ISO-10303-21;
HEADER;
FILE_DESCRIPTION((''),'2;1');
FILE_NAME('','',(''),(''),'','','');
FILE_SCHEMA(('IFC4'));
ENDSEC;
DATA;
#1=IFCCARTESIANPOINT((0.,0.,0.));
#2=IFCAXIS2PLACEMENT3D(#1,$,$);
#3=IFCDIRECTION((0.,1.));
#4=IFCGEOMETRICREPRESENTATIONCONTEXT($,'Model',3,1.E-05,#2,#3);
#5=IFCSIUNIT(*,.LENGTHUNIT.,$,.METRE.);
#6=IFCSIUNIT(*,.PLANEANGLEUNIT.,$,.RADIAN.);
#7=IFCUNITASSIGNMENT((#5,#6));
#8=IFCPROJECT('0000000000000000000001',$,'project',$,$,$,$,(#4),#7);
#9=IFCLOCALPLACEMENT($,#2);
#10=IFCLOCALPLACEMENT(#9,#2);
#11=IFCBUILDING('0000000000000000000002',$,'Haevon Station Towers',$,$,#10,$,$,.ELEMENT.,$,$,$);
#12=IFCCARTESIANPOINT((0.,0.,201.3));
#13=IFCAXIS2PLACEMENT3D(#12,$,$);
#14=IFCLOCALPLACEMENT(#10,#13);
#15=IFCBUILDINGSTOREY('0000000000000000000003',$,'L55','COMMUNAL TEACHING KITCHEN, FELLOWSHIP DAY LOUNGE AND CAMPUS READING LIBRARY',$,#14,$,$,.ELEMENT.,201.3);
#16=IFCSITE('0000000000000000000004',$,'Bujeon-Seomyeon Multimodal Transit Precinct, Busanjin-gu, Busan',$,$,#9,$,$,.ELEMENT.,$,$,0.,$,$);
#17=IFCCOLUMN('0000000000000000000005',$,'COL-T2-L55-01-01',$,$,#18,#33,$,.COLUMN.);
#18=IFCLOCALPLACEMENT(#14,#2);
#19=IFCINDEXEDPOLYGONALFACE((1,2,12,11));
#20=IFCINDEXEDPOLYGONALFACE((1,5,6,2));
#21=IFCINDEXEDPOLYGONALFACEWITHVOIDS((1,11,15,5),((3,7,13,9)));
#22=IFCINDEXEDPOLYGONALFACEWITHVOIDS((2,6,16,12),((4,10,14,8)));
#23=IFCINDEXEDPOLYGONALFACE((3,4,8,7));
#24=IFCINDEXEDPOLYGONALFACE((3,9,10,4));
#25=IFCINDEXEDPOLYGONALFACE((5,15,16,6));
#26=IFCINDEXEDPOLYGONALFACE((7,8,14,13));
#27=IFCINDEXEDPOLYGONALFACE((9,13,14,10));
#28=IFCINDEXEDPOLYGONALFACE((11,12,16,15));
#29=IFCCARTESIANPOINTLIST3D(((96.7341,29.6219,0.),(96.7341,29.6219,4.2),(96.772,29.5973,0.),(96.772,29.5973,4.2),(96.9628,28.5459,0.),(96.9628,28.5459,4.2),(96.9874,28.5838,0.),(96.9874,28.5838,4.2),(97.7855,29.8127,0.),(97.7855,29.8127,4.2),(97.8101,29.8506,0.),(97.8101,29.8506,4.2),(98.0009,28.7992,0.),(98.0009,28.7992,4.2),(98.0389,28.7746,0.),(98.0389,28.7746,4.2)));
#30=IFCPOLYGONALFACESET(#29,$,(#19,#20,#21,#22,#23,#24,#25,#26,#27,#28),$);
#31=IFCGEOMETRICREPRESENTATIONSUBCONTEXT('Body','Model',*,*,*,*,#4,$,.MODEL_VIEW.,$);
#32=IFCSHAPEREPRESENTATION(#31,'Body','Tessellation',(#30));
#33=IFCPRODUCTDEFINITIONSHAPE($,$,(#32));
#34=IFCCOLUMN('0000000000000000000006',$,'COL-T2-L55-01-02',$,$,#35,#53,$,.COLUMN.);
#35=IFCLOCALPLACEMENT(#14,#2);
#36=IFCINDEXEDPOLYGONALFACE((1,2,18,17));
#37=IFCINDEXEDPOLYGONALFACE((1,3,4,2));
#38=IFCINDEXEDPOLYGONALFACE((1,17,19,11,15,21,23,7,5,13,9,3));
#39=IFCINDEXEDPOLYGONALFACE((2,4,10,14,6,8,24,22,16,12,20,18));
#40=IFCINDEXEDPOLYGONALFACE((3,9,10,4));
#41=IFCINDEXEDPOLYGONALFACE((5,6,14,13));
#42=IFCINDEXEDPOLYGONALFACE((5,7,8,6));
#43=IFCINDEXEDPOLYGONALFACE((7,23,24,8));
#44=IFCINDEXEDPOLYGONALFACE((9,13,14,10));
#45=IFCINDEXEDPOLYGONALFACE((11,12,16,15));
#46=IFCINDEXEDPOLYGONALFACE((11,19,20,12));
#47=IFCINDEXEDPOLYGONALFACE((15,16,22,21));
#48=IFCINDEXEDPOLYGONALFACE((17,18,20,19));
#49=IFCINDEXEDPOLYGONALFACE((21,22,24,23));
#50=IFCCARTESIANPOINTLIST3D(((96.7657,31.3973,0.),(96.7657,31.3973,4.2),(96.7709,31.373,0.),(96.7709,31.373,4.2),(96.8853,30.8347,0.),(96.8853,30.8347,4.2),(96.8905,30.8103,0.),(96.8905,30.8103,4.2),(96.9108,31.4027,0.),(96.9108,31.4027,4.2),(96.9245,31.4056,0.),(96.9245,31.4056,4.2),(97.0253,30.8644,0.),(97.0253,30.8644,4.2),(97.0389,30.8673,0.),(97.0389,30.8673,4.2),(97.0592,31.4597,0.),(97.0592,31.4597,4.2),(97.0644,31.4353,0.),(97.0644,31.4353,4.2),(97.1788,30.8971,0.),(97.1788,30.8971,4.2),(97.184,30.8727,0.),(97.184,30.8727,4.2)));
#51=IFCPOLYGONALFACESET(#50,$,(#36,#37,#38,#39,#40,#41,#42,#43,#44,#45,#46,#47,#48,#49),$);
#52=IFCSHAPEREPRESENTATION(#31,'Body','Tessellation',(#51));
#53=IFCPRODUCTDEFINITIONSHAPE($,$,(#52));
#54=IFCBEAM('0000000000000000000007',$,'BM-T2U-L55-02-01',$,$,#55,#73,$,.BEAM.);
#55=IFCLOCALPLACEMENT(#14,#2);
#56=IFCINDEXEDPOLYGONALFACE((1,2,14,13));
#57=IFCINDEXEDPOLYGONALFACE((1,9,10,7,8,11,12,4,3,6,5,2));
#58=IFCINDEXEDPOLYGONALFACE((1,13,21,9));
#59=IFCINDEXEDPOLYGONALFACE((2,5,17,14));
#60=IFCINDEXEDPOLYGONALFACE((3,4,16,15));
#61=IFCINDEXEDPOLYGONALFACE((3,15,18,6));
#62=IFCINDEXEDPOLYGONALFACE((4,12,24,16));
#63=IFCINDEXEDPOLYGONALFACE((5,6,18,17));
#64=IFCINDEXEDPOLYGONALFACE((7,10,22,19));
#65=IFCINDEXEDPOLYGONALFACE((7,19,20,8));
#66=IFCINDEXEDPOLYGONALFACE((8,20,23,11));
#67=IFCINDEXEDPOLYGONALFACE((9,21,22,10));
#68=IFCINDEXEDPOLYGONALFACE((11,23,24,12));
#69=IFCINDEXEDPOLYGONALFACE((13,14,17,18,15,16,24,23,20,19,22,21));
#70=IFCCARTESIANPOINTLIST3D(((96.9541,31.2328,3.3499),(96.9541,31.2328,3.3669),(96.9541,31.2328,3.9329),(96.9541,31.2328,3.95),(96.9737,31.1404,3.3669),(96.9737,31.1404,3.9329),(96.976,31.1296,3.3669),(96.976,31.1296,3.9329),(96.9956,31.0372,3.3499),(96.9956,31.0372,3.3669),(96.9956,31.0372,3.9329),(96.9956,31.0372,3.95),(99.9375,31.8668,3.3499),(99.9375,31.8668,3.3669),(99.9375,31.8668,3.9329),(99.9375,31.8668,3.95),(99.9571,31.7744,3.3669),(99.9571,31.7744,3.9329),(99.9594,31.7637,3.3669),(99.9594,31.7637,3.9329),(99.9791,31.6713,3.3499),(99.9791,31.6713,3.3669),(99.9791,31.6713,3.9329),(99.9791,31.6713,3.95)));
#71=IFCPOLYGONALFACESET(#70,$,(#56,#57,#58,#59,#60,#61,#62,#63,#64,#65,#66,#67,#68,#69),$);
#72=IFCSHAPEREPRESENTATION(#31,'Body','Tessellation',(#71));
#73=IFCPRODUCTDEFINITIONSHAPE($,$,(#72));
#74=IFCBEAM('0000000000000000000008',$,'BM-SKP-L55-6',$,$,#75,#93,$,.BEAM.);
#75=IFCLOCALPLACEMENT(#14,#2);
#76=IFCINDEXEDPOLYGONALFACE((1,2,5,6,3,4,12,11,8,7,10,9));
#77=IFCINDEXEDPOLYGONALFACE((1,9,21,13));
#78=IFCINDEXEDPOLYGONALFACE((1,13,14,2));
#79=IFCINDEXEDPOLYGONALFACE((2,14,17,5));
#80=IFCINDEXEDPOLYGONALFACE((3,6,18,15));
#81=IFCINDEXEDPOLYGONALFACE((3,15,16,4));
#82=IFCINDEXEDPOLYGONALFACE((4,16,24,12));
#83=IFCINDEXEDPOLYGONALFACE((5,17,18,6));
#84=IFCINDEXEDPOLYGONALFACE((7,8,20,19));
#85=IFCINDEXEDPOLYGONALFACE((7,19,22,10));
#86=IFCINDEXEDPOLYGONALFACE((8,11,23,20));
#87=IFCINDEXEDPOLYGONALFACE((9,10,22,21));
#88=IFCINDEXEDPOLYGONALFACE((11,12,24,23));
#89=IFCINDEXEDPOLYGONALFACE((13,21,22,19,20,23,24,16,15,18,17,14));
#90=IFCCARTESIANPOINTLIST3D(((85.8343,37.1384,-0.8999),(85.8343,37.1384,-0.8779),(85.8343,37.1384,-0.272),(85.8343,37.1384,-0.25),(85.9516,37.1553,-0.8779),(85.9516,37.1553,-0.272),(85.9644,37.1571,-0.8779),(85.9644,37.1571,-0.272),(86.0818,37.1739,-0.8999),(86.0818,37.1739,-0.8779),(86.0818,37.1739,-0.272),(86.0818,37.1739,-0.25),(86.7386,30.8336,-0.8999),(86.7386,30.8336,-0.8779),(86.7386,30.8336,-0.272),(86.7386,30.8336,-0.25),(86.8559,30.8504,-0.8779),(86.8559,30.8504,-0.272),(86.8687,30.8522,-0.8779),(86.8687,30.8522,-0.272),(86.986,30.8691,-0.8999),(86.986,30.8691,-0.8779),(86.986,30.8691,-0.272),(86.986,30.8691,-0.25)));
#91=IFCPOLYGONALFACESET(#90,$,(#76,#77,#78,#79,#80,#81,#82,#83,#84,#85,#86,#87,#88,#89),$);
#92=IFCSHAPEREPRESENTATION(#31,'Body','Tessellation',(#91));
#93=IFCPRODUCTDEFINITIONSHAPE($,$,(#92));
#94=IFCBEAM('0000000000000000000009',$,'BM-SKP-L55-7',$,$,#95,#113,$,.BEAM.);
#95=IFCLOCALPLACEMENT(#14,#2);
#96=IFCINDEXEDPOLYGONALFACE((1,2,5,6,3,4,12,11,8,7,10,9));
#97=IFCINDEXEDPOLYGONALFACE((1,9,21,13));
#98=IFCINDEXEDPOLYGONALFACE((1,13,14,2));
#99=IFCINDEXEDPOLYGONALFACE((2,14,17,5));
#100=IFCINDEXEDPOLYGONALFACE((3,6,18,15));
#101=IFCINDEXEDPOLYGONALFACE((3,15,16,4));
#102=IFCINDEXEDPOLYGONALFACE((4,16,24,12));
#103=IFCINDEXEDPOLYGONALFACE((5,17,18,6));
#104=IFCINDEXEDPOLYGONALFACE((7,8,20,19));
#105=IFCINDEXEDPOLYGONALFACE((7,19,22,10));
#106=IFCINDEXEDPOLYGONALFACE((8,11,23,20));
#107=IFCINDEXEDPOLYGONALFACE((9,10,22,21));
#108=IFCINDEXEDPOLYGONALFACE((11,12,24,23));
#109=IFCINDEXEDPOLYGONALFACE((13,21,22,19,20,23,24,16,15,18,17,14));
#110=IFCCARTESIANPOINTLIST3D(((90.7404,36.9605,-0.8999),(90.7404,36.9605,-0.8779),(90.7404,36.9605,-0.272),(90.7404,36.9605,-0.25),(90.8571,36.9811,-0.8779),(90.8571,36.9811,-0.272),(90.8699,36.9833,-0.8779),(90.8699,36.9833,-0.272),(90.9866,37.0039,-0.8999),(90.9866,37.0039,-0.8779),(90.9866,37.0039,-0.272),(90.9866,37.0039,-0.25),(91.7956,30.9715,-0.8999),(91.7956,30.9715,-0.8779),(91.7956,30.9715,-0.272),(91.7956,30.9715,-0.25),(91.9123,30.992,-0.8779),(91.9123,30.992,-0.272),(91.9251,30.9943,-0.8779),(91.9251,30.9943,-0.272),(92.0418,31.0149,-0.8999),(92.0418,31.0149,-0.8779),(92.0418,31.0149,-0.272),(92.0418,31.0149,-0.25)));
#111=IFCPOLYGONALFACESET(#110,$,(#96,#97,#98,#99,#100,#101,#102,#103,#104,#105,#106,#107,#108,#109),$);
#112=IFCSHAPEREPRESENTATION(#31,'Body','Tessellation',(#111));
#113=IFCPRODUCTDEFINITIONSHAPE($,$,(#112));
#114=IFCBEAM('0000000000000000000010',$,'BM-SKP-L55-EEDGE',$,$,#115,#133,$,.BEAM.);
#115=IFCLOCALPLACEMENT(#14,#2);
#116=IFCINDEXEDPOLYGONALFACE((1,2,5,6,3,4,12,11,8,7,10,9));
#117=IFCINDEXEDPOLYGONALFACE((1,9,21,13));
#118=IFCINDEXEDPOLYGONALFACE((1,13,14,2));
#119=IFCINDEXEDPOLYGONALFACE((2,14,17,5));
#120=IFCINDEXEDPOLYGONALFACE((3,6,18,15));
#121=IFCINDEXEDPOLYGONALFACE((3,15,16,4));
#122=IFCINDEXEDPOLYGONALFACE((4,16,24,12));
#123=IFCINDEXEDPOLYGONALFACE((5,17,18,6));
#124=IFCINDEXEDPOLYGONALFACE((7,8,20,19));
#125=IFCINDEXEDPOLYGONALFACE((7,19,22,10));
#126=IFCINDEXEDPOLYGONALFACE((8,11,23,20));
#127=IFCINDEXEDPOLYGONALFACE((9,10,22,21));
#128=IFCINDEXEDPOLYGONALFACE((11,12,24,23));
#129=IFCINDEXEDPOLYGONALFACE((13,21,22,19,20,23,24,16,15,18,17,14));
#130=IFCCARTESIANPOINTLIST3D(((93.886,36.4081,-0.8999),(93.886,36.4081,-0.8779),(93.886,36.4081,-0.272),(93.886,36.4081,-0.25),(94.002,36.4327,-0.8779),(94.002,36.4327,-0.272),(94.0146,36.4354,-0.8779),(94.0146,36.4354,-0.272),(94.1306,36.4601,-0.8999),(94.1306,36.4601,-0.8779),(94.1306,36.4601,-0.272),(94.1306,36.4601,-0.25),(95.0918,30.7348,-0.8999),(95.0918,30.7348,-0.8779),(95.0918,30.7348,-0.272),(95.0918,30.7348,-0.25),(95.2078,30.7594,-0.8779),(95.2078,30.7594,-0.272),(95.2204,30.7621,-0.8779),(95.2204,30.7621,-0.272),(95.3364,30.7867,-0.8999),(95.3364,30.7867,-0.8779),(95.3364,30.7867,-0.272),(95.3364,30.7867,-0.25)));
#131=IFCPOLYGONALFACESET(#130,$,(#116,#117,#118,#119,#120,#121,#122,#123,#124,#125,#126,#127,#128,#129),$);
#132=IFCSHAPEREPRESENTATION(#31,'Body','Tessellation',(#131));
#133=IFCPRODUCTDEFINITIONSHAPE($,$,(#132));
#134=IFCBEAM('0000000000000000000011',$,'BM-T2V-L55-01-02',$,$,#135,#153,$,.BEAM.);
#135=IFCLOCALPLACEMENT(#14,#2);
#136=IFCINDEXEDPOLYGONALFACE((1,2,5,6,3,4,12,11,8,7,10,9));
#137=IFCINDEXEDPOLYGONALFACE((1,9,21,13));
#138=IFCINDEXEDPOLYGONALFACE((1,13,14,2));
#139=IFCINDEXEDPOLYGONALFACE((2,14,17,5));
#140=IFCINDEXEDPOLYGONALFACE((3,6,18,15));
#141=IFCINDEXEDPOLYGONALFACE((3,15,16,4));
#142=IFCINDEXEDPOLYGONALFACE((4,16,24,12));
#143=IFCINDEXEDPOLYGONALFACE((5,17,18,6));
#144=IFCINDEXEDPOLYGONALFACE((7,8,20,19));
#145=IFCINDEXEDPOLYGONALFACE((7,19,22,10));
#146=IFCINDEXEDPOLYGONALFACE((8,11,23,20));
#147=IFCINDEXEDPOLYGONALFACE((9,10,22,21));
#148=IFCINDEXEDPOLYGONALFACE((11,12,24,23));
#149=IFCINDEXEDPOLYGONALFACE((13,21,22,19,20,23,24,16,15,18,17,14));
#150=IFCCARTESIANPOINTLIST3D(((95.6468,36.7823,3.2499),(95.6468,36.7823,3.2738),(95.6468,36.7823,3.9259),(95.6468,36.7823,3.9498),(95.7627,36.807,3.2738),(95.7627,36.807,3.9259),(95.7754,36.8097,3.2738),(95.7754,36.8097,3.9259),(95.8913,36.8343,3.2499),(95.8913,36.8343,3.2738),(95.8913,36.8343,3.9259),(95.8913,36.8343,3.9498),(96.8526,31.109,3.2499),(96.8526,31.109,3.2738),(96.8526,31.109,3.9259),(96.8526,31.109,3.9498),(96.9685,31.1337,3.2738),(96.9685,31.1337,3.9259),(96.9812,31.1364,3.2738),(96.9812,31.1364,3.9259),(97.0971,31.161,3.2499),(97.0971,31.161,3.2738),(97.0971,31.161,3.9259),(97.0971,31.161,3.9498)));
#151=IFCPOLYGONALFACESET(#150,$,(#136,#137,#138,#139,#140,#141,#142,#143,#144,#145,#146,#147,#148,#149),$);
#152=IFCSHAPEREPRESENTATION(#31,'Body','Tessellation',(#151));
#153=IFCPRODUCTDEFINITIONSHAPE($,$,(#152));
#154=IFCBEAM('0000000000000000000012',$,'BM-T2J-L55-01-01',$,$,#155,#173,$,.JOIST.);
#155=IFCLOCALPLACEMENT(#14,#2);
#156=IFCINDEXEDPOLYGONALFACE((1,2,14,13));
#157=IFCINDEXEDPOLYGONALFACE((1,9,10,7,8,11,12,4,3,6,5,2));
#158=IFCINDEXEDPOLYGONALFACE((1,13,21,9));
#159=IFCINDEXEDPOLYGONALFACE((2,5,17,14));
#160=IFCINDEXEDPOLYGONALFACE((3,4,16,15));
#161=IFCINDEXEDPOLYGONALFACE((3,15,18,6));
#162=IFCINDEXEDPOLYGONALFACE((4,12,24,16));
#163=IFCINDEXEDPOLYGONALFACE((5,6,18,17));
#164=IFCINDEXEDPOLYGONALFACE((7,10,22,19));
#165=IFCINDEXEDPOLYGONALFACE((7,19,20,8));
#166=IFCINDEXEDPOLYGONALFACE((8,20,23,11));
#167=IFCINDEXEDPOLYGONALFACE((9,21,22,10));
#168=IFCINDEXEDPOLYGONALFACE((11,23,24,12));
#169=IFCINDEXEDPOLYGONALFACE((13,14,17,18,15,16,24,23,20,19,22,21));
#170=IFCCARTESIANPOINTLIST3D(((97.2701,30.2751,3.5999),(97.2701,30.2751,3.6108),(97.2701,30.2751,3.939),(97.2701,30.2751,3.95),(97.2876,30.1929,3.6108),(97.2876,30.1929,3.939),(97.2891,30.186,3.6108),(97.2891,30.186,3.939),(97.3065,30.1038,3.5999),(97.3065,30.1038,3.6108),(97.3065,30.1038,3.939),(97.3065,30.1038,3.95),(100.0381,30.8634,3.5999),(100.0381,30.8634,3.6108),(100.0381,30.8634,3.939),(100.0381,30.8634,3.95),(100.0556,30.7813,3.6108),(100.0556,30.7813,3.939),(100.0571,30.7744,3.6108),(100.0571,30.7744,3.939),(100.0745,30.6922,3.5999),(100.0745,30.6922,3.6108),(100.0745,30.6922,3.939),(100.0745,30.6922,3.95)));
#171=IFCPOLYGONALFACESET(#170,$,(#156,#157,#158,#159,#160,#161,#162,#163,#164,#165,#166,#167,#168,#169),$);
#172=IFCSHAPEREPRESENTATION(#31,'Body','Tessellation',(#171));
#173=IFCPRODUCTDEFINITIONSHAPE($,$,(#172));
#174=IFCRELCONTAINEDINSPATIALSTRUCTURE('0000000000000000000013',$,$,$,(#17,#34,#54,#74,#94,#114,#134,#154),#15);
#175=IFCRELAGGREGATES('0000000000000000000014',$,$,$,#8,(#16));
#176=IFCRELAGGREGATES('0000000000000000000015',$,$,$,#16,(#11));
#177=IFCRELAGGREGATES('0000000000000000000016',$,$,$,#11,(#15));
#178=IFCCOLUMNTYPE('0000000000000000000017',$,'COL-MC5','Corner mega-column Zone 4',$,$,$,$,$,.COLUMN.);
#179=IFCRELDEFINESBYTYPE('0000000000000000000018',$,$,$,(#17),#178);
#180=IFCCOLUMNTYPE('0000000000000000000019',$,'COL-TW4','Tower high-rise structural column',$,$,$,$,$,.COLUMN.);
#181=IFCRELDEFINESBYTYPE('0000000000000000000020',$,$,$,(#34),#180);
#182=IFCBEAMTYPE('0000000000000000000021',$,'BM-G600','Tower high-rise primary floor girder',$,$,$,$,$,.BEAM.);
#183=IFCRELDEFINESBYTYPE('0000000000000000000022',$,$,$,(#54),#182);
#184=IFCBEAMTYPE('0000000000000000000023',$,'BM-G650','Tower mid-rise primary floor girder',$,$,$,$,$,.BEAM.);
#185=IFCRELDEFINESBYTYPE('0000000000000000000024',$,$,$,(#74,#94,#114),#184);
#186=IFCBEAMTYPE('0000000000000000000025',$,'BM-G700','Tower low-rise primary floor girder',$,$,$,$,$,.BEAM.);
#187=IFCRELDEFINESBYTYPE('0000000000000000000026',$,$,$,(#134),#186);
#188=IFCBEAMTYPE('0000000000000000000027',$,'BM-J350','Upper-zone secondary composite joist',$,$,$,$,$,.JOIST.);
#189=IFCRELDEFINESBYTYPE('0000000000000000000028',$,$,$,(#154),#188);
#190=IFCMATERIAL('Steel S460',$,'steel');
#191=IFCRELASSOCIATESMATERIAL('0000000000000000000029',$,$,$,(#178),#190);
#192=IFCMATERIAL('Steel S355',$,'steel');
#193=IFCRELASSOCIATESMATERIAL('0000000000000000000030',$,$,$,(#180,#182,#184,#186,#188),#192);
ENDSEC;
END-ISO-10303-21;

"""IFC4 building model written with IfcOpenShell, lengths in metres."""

from ifc_helpers import new_model, si_unit, direction, frame, origin, origin_2d, place, context, subcontext, project, spatial, hollow_rectangle, i_section, extrude, material, material_profile, profile_set, type_object, element, save


model = new_model("IFC4")

# Units and contexts
model_context = context("Model", 3, precision=1e-05, world=origin(), true_north=direction((0.0, 1.0)))
body_context = subcontext(model_context, "Body", "Model", "MODEL_VIEW")
ifc_project = project(units=[si_unit("LENGTHUNIT", "METRE"), si_unit("PLANEANGLEUNIT", "RADIAN")], contexts=[model_context])

# Site, building, storey
site_placement = place(None, origin())
site = spatial("IfcSite", under=ifc_project, at=site_placement, Name="Bujeon-Seomyeon Multimodal Transit Precinct, Busanjin-gu, Busan", CompositionType="ELEMENT", RefElevation=0.0)
building_placement = place(site_placement, origin())
building = spatial("IfcBuilding", under=site, at=building_placement, Name="Haevon Station Towers", CompositionType="ELEMENT")
storey_placement = place(building_placement, frame((0.0, 0.0, 201.3)))
storey = spatial("IfcBuildingStorey", under=building, at=storey_placement, Name="L55", Description="COMMUNAL TEACHING KITCHEN, FELLOWSHIP DAY LOUNGE AND CAMPUS READING LIBRARY", CompositionType="ELEMENT", Elevation=201.3)

# Columns
ifc_material_1 = material(Name="Steel S460", Category="steel")
ifc_material_profile_1 = material_profile(ifc_material_1, hollow_rectangle(XDim=1.1001, YDim=1.1001, WallThickness=0.032, at=origin_2d()), Name="BOX-1100x1100x32")
ifc_profile_set_1 = profile_set([ifc_material_profile_1], Name="Steel S460")
column_type_1 = type_object("IfcColumnType", Name="COL-MC5", Description="Corner mega-column Zone 4", PredefinedType="COLUMN", material=ifc_profile_set_1)
column_1_placement = place(storey_placement, frame((97.3865, 29.1982, 0.0), z_axis=(0.0, 0.0, 1.0), x_axis=(0.978148, 0.207912, 0.0)))
element("IfcColumn", 1, at=column_1_placement, inside=storey, type_object=column_type_1, Name="COL-T2-L55-01-01", PredefinedType="COLUMN", context=body_context, shape_type="SweptSolid", body=[
    extrude(hollow_rectangle(XDim=1.1001, YDim=1.1001, WallThickness=0.032, at=origin_2d()), origin(), (0.0, 0.0, 1.0), 4.2),
])
ifc_material_2 = material(Name="Steel S355", Category="steel")
ifc_material_profile_2 = material_profile(ifc_material_2, i_section(OverallWidth=0.3, OverallDepth=0.6001, WebThickness=0.0139, FlangeThickness=0.0249, at=origin_2d()), Name="H-600x300x14x25")
ifc_profile_set_2 = profile_set([ifc_material_profile_2], Name="Steel S355")
column_type_2 = type_object("IfcColumnType", Name="COL-TW4", Description="Tower high-rise structural column", PredefinedType="COLUMN", material=ifc_profile_set_2)
column_2_placement = place(storey_placement, frame((96.9749, 31.135, 0.0), z_axis=(0.0, 0.0, 1.0), x_axis=(0.978148, 0.207912, 0.0)))
element("IfcColumn", 2, at=column_2_placement, inside=storey, type_object=column_type_2, Name="COL-T2-L55-01-02", PredefinedType="COLUMN", context=body_context, shape_type="SweptSolid", body=[
    extrude(i_section(OverallWidth=0.3, OverallDepth=0.6001, WebThickness=0.0139, FlangeThickness=0.0249, at=origin_2d()), origin(), (0.0, 0.0, 1.0), 4.2),
])

# Beams
ifc_material_profile_3 = material_profile(ifc_material_2, i_section(OverallWidth=0.2, OverallDepth=0.6001, WebThickness=0.011, FlangeThickness=0.0171, at=origin_2d()), Name="H-600x200x11x17")
ifc_profile_set_3 = profile_set([ifc_material_profile_3], Name="Steel S355")
beam_type_1 = type_object("IfcBeamType", Name="BM-G600", Description="Tower high-rise primary floor girder", PredefinedType="BEAM", material=ifc_profile_set_3)
beam_1_placement = place(storey_placement, frame((96.9749, 31.135, 3.6499), z_axis=(0.978155, 0.207878, 0.0), x_axis=(-0.207878, 0.978155, 0.0)))
element("IfcBeam", 3, at=beam_1_placement, inside=storey, type_object=beam_type_1, Name="BM-T2U-L55-02-01", PredefinedType="BEAM", context=body_context, shape_type="SweptSolid", body=[
    extrude(i_section(OverallWidth=0.2, OverallDepth=0.6001, WebThickness=0.011, FlangeThickness=0.0171, at=origin_2d()), origin(), (0.0, 0.0, 1.0), 3.05),
])
ifc_material_profile_4 = material_profile(ifc_material_2, i_section(OverallWidth=0.25, OverallDepth=0.6499, WebThickness=0.0129, FlangeThickness=0.022, at=origin_2d()), Name="H-650x250x13x22")
ifc_profile_set_4 = profile_set([ifc_material_profile_4], Name="Steel S355")
beam_type_2 = type_object("IfcBeamType", Name="BM-G650", Description="Tower mid-rise primary floor girder", PredefinedType="BEAM", material=ifc_profile_set_4)
beam_2_placement = place(storey_placement, frame((86.8623, 30.8513, -0.575), z_axis=(-0.141974, 0.98987, 0.0), x_axis=(-0.98987, -0.141974, 0.0)))
element("IfcBeam", 4, at=beam_2_placement, inside=storey, type_object=beam_type_2, Name="BM-SKP-L55-6", PredefinedType="BEAM", context=body_context, shape_type="SweptSolid", body=[
    extrude(i_section(OverallWidth=0.25, OverallDepth=0.6499, WebThickness=0.0129, FlangeThickness=0.022, at=origin_2d()), origin(), (0.0, 0.0, 1.0), 6.3694),
])
beam_3_placement = place(storey_placement, frame((91.9187, 30.9932, -0.575), z_axis=(-0.173513, 0.984832, 0.0), x_axis=(-0.984832, -0.173513, 0.0)))
element("IfcBeam", 5, at=beam_3_placement, inside=storey, type_object=beam_type_2, Name="BM-SKP-L55-7", PredefinedType="BEAM", context=body_context, shape_type="SweptSolid", body=[
    extrude(i_section(OverallWidth=0.25, OverallDepth=0.6499, WebThickness=0.0129, FlangeThickness=0.022, at=origin_2d()), origin(), (0.0, 0.0, 1.0), 6.0813),
])
beam_4_placement = place(storey_placement, frame((95.2141, 30.7607, -0.575), z_axis=(-0.207896, 0.978151, 0.0), x_axis=(-0.978151, -0.207896, 0.0)))
element("IfcBeam", 6, at=beam_4_placement, inside=storey, type_object=beam_type_2, Name="BM-SKP-L55-EEDGE", PredefinedType="BEAM", context=body_context, shape_type="SweptSolid", body=[
    extrude(i_section(OverallWidth=0.25, OverallDepth=0.6499, WebThickness=0.0129, FlangeThickness=0.022, at=origin_2d()), origin(), (0.0, 0.0, 1.0), 5.8),
])
ifc_material_profile_5 = material_profile(ifc_material_2, i_section(OverallWidth=0.25, OverallDepth=0.7, WebThickness=0.0129, FlangeThickness=0.0239, at=origin_2d()), Name="H-700x250x13x24")
ifc_profile_set_5 = profile_set([ifc_material_profile_5], Name="Steel S355")
beam_type_3 = type_object("IfcBeamType", Name="BM-G700", Description="Tower low-rise primary floor girder", PredefinedType="BEAM", material=ifc_profile_set_5)
beam_5_placement = place(storey_placement, frame((96.9749, 31.135, 3.5999), z_axis=(-0.207896, 0.978151, 0.0), x_axis=(-0.978151, -0.207896, 0.0)))
element("IfcBeam", 7, at=beam_5_placement, inside=storey, type_object=beam_type_3, Name="BM-T2V-L55-01-02", PredefinedType="BEAM", context=body_context, shape_type="SweptSolid", body=[
    extrude(i_section(OverallWidth=0.25, OverallDepth=0.7, WebThickness=0.0129, FlangeThickness=0.0239, at=origin_2d()), origin(), (0.0, 0.0, 1.0), 5.8),
])
ifc_material_profile_6 = material_profile(ifc_material_2, i_section(OverallWidth=0.175, OverallDepth=0.3501, WebThickness=0.0071, FlangeThickness=0.011, at=origin_2d()), Name="H-350x175x7x11")
ifc_profile_set_6 = profile_set([ifc_material_profile_6], Name="Steel S355")
beam_type_4 = type_object("IfcBeamType", Name="BM-J350", Description="Upper-zone secondary composite joist", PredefinedType="JOIST", material=ifc_profile_set_6)
beam_6_placement = place(storey_placement, frame((97.2883, 30.1895, 3.7749), z_axis=(0.978147, 0.207914, 0.0), x_axis=(-0.207914, 0.978147, 0.0)))
element("IfcBeam", 8, at=beam_6_placement, inside=storey, type_object=beam_type_4, Name="BM-T2J-L55-01-01", PredefinedType="JOIST", context=body_context, shape_type="SweptSolid", body=[
    extrude(i_section(OverallWidth=0.175, OverallDepth=0.3501, WebThickness=0.0071, FlangeThickness=0.011, at=origin_2d()), origin(), (0.0, 0.0, 1.0), 2.8298),
])

save(model, "model.ifc")
